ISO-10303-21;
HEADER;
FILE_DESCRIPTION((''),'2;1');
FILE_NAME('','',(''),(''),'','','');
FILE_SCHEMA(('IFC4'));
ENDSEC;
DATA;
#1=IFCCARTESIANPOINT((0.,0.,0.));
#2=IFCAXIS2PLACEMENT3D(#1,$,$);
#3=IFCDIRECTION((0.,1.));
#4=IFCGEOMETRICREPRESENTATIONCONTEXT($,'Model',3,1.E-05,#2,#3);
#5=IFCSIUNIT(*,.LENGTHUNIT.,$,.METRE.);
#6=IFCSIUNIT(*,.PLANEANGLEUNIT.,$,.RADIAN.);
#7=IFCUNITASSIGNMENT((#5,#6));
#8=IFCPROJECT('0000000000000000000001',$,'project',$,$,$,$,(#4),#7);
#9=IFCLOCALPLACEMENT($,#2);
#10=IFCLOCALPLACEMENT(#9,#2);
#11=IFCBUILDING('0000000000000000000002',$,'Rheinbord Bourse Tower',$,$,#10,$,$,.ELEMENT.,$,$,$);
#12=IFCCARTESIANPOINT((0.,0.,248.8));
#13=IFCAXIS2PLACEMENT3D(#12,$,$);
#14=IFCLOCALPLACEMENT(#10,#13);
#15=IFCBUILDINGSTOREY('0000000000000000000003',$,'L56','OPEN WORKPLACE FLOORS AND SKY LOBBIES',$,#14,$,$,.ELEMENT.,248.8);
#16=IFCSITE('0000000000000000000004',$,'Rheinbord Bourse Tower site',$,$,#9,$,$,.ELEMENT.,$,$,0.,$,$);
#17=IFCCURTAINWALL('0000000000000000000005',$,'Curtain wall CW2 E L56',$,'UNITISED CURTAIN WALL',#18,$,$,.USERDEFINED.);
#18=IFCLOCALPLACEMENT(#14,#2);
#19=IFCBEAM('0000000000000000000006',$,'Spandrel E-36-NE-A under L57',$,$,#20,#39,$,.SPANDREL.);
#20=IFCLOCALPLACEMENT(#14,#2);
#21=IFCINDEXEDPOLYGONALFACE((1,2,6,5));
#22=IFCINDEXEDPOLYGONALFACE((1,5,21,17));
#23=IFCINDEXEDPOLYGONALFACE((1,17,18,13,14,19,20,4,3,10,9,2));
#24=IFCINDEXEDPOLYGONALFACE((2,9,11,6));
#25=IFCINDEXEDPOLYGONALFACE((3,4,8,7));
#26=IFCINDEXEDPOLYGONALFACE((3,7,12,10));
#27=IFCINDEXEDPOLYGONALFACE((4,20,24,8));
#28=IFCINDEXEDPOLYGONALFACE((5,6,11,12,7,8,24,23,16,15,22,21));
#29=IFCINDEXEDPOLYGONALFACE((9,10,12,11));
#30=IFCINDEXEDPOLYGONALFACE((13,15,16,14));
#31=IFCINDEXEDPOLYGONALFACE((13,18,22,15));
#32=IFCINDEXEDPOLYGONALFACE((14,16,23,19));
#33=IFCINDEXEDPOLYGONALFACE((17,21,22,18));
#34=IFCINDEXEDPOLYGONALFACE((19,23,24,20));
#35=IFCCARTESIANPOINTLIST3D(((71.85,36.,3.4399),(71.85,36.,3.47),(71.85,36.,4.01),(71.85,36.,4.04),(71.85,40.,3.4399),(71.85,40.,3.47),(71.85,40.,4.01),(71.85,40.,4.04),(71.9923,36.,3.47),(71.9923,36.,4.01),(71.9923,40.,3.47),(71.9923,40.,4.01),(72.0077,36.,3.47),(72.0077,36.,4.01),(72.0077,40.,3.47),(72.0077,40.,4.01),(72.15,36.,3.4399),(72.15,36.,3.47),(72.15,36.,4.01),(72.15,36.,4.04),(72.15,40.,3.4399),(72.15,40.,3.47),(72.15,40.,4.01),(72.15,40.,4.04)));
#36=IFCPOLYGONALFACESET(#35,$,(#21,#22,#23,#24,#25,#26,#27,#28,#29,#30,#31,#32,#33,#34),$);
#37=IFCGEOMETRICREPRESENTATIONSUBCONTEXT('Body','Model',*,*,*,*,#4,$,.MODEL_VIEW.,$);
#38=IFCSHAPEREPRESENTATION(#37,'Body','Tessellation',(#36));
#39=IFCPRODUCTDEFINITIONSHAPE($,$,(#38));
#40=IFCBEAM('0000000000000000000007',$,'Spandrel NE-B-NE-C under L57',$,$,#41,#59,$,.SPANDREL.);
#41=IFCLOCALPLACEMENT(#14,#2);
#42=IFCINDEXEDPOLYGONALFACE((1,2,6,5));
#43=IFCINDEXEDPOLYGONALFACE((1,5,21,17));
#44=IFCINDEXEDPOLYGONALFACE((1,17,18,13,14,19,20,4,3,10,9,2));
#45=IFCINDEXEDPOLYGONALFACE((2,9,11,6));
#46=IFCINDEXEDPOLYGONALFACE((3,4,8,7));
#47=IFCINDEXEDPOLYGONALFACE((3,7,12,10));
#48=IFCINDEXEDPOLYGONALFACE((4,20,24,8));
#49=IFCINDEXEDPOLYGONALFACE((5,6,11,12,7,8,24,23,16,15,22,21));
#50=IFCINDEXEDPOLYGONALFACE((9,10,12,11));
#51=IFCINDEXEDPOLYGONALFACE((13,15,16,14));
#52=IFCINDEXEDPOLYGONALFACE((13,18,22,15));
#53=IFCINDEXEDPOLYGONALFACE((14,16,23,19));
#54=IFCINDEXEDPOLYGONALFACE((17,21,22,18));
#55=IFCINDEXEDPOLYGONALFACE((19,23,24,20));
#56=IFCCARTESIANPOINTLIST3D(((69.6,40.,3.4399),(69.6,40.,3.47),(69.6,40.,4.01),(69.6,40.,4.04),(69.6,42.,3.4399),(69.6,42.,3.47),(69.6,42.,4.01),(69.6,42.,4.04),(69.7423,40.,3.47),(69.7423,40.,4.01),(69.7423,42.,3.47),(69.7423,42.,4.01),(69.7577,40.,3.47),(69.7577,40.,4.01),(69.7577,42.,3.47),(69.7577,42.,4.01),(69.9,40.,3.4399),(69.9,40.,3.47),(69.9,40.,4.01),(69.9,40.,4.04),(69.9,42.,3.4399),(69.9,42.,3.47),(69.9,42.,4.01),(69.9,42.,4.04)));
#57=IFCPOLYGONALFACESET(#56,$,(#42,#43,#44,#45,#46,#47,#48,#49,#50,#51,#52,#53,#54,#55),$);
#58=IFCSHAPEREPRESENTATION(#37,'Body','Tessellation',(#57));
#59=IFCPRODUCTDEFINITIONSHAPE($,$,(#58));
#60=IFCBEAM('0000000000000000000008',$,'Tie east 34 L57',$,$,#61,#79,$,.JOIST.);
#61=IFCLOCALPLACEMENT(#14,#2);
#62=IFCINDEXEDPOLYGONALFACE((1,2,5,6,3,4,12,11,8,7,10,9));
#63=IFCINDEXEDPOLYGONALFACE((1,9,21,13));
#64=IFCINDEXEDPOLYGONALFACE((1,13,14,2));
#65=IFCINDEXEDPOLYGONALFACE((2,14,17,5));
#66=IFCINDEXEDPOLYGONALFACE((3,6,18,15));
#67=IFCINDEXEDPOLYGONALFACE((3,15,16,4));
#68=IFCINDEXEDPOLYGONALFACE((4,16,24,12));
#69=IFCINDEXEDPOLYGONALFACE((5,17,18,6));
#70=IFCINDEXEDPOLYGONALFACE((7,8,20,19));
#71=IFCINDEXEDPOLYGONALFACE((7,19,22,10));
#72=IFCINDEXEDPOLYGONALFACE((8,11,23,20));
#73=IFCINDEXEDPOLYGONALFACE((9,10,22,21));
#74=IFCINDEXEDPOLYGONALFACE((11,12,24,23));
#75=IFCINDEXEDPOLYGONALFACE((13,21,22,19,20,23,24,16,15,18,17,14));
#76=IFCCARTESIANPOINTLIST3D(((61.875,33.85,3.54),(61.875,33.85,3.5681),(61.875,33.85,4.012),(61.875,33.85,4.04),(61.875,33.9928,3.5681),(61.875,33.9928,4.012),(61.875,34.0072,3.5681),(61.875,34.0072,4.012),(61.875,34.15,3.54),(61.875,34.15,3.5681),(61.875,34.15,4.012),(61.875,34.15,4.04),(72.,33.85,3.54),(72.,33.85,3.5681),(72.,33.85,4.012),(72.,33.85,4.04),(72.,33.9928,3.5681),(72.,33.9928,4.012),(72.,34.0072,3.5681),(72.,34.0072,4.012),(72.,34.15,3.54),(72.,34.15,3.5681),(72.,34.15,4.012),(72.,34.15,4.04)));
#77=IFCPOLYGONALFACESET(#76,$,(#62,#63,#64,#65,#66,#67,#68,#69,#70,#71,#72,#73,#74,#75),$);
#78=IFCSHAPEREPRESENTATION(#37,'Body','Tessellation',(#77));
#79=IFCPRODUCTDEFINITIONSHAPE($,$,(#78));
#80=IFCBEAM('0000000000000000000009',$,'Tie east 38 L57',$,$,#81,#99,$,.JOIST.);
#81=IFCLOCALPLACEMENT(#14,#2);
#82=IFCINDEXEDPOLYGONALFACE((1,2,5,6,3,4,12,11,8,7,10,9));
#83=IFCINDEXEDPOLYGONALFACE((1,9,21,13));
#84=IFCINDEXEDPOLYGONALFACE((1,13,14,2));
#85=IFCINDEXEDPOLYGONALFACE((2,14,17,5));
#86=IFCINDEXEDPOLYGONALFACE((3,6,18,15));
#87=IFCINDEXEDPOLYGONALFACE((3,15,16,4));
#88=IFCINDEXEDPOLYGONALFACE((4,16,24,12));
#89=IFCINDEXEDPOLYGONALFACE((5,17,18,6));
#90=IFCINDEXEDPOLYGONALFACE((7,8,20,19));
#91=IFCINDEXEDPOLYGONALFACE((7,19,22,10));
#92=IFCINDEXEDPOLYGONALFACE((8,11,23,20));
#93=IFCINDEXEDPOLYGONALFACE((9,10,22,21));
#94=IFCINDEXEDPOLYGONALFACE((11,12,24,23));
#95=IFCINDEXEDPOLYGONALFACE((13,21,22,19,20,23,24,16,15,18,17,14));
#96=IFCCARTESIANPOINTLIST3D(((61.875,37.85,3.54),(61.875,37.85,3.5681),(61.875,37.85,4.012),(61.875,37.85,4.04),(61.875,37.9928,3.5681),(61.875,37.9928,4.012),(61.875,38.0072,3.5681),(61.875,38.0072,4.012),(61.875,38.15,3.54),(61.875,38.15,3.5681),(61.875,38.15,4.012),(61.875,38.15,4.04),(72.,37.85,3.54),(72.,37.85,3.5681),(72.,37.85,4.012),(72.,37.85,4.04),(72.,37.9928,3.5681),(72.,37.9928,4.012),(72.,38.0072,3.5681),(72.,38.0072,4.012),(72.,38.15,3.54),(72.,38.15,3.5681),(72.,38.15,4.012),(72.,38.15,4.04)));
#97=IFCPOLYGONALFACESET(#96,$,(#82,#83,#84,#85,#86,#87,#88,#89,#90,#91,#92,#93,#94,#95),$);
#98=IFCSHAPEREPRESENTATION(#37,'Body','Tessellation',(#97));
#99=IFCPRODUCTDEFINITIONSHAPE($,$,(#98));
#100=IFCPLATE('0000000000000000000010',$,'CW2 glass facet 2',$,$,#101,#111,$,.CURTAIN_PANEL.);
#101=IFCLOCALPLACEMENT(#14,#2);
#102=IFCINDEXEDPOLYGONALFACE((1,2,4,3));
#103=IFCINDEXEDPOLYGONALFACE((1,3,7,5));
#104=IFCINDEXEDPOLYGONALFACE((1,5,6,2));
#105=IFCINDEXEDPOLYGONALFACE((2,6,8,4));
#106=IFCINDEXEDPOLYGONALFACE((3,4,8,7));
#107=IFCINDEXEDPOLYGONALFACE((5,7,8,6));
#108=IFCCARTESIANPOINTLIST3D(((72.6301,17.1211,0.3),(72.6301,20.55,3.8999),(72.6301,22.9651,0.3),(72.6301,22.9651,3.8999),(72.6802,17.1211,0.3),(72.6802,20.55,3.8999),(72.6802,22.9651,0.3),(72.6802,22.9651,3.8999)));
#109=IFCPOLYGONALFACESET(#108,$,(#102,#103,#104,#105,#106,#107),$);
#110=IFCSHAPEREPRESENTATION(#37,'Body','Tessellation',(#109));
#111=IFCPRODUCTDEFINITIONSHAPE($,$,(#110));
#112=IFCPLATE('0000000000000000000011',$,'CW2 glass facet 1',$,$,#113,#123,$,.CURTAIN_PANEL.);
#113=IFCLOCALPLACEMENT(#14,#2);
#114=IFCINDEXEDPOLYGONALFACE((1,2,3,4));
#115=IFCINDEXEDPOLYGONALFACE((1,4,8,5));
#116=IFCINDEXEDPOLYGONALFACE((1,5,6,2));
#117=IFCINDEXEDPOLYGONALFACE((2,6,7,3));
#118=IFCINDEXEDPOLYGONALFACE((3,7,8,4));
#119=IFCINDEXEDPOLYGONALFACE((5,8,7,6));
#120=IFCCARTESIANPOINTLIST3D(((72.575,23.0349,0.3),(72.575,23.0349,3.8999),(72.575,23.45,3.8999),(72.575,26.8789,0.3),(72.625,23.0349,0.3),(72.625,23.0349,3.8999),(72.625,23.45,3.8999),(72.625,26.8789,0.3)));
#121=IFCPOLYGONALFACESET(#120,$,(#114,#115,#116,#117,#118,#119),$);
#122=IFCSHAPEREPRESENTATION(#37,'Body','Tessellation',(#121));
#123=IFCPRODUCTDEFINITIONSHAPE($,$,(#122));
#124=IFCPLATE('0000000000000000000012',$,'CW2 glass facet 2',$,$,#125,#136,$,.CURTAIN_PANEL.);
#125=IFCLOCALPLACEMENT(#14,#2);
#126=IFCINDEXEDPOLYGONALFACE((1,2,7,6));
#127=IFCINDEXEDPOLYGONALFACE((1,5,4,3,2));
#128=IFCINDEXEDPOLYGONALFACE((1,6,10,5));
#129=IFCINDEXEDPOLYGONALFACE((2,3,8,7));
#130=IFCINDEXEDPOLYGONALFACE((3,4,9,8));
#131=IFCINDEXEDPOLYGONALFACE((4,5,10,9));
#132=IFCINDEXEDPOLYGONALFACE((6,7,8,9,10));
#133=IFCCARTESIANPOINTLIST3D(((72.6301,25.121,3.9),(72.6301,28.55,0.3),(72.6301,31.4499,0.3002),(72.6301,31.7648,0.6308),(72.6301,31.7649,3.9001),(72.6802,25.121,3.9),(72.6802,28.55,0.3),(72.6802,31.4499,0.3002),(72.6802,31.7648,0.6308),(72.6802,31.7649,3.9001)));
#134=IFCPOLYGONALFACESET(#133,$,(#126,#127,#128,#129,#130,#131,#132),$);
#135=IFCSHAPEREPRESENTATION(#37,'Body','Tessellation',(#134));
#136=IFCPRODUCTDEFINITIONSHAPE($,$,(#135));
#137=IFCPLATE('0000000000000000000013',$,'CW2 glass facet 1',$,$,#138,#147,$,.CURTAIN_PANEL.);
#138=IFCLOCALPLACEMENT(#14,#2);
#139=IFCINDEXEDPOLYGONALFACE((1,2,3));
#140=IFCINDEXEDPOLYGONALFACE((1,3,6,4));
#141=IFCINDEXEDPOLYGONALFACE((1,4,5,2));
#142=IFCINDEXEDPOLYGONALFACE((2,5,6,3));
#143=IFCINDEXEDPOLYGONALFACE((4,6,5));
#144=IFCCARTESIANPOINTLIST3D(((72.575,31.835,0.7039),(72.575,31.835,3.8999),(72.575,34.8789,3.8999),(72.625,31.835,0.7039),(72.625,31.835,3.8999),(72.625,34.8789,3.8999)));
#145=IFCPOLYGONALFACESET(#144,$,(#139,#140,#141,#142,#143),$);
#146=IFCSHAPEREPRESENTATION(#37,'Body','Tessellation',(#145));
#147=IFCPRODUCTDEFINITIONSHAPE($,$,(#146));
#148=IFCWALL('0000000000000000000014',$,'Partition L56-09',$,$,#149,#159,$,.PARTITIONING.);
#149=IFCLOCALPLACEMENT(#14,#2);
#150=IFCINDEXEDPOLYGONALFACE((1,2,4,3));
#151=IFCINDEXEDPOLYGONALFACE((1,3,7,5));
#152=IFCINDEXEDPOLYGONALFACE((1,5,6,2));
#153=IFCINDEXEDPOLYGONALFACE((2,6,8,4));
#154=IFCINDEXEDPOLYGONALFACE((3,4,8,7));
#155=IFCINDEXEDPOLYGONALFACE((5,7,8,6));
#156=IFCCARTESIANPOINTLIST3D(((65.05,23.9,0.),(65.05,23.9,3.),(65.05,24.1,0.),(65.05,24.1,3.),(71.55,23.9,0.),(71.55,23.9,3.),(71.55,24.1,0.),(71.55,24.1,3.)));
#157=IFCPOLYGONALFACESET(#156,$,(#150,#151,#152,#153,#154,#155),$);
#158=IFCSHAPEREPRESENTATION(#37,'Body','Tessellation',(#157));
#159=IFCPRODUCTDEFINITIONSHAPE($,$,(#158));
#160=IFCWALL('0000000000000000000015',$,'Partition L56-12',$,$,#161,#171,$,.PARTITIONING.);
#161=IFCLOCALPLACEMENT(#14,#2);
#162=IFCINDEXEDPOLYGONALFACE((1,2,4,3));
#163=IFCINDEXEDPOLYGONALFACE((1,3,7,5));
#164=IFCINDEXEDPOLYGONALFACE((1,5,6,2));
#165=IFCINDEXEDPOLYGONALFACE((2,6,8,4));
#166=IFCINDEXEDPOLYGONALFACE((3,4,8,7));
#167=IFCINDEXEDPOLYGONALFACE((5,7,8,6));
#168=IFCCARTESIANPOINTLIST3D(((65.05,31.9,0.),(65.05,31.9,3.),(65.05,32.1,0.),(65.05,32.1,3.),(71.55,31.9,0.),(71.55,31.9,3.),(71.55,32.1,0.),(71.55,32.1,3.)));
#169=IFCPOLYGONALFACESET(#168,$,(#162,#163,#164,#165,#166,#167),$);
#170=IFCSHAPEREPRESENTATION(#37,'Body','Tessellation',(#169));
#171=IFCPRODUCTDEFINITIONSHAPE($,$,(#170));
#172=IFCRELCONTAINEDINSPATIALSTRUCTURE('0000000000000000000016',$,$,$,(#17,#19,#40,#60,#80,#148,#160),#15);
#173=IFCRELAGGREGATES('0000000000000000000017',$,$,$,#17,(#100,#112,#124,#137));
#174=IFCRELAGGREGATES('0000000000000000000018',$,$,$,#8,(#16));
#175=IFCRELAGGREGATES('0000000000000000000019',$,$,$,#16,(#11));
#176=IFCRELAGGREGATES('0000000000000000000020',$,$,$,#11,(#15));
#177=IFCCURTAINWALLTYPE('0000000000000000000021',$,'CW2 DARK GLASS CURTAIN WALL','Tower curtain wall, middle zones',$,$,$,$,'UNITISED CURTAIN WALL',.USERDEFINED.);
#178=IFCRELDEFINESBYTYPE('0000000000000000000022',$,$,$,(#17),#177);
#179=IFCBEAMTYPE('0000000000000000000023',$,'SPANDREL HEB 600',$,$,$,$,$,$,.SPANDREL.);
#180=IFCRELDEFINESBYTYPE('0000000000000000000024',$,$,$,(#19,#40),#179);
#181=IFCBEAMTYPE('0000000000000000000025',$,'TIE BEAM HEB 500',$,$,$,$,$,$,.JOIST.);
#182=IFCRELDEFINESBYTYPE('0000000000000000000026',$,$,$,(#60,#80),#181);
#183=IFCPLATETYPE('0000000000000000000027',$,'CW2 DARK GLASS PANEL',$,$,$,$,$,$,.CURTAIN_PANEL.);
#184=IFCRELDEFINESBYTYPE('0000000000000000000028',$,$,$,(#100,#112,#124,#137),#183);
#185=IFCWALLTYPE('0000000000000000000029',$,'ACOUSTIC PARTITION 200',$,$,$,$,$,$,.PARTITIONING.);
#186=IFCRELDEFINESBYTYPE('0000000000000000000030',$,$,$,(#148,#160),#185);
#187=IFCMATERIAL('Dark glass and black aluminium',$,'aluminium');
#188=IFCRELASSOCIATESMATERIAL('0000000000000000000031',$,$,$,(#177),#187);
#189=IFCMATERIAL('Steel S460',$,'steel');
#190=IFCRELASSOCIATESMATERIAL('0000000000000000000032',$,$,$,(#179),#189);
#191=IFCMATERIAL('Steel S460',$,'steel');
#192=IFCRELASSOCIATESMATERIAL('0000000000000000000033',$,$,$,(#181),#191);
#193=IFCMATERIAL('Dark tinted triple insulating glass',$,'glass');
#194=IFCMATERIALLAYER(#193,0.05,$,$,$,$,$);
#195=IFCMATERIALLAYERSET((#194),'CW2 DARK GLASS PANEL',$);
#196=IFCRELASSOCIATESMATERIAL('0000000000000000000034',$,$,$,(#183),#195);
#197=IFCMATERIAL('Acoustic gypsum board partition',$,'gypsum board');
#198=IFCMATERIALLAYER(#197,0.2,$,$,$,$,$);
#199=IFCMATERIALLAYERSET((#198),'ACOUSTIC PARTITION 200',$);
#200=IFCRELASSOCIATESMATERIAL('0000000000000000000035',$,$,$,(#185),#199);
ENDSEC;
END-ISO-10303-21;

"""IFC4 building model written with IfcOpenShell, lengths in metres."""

from ifc_helpers import new_model, si_unit, direction, frame, frame_2d, origin, origin_2d, place, context, subcontext, project, spatial, polyline, rectangle, i_section, outline, extrude, material, layer, layer_set, material_profile, profile_set, type_object, element, aggregate, save


model = new_model("IFC4")

# Units and contexts
model_context = context("Model", 3, precision=1e-05, world=origin(), true_north=direction((0.0, 1.0)))
body_context = subcontext(model_context, "Body", "Model", "MODEL_VIEW")
ifc_project = project(units=[si_unit("LENGTHUNIT", "METRE"), si_unit("PLANEANGLEUNIT", "RADIAN")], contexts=[model_context])

# Site, building, storey
site_placement = place(None, origin())
site = spatial("IfcSite", under=ifc_project, at=site_placement, Name="Rheinbord Bourse Tower site", CompositionType="ELEMENT", RefElevation=0.0)
building_placement = place(site_placement, origin())
building = spatial("IfcBuilding", under=site, at=building_placement, Name="Rheinbord Bourse Tower", CompositionType="ELEMENT")
storey_placement = place(building_placement, frame((0.0, 0.0, 248.8)))
storey = spatial("IfcBuildingStorey", under=building, at=storey_placement, Name="L56", Description="OPEN WORKPLACE FLOORS AND SKY LOBBIES", CompositionType="ELEMENT", Elevation=248.8)

# Curtain wall
ifc_material_1 = material(Name="Dark glass and black aluminium", Category="aluminium")
curtain_wall_type = type_object("IfcCurtainWallType", Name="CW2 DARK GLASS CURTAIN WALL", Description="Tower curtain wall, middle zones", ElementType="UNITISED CURTAIN WALL", PredefinedType="USERDEFINED", material=ifc_material_1)
curtain_wall_placement = place(storey_placement, origin())
curtain_wall = element("IfcCurtainWall", 1, at=curtain_wall_placement, inside=storey, type_object=curtain_wall_type, Name="Curtain wall CW2 E L56", ObjectType="UNITISED CURTAIN WALL", PredefinedType="USERDEFINED")

# Beams
ifc_material_2 = material(Name="Steel S460", Category="steel")
ifc_material_profile_1 = material_profile(ifc_material_2, i_section(OverallWidth=0.3, OverallDepth=0.6001, WebThickness=0.0154, FlangeThickness=0.03, at=origin_2d()), Name="HEB 600")
ifc_profile_set_1 = profile_set([ifc_material_profile_1], Name="Steel S460")
beam_type_1 = type_object("IfcBeamType", Name="SPANDREL HEB 600", PredefinedType="SPANDREL", material=ifc_profile_set_1)
for number, where, z_axis, x_axis, name in (
    (2, (72.0, 36.0, 3.74), (0.0, 1.0, 0.0), (-1.0, 0.0, 0.0), "Spandrel E-36-NE-A under L57"),
):
    element("IfcBeam", number, at=place(storey_placement, frame(where, z_axis=z_axis, x_axis=x_axis)), inside=storey, type_object=beam_type_1, Name=name, PredefinedType="SPANDREL", context=body_context, shape_type="SweptSolid", body=[
        extrude(i_section(OverallWidth=0.3, OverallDepth=0.6001, WebThickness=0.0154, FlangeThickness=0.03, at=origin_2d()), origin(), (0.0, 0.0, 1.0), 4.0),
    ])
beam_placement = place(storey_placement, frame((69.75, 40.0, 3.74), z_axis=(0.0, 1.0, 0.0), x_axis=(-1.0, 0.0, 0.0)))
element("IfcBeam", 3, at=beam_placement, inside=storey, type_object=beam_type_1, Name="Spandrel NE-B-NE-C under L57", PredefinedType="SPANDREL", context=body_context, shape_type="SweptSolid", body=[
    extrude(i_section(OverallWidth=0.3, OverallDepth=0.6001, WebThickness=0.0154, FlangeThickness=0.03, at=origin_2d()), origin(), (0.0, 0.0, 1.0), 2.0),
])
ifc_material_3 = material(Name="Steel S460", Category="steel")
ifc_material_profile_2 = material_profile(ifc_material_3, i_section(OverallWidth=0.3, OverallDepth=0.5, WebThickness=0.0144, FlangeThickness=0.0281, at=origin_2d()), Name="HEB 500")
ifc_profile_set_2 = profile_set([ifc_material_profile_2], Name="Steel S460")
beam_type_2 = type_object("IfcBeamType", Name="TIE BEAM HEB 500", PredefinedType="JOIST", material=ifc_profile_set_2)
for number, where, z_axis, x_axis, name in (
    (4, (61.875, 34.0, 3.79), (1.0, 0.0, 0.0), (0.0, 1.0, 0.0), "Tie east 34 L57"),
    (5, (61.875, 38.0, 3.79), (1.0, 0.0, 0.0), (0.0, 1.0, 0.0), "Tie east 38 L57"),
):
    element("IfcBeam", number, at=place(storey_placement, frame(where, z_axis=z_axis, x_axis=x_axis)), inside=storey, type_object=beam_type_2, Name=name, PredefinedType="JOIST", context=body_context, shape_type="SweptSolid", body=[
        extrude(i_section(OverallWidth=0.3, OverallDepth=0.5, WebThickness=0.0144, FlangeThickness=0.0281, at=origin_2d()), origin(), (0.0, 0.0, 1.0), 10.125),
    ])

# Plates
ifc_material_4 = material(Name="Dark tinted triple insulating glass", Category="glass")
ifc_layer_1 = layer(ifc_material_4, 0.05)
ifc_layer_set_1 = layer_set([ifc_layer_1], Name="CW2 DARK GLASS PANEL")
plate_type = type_object("IfcPlateType", Name="CW2 DARK GLASS PANEL", PredefinedType="CURTAIN_PANEL", material=ifc_layer_set_1)
plate_1_placement = place(storey_placement, frame((72.6802, 22.9651, 3.8999), z_axis=(-1.0, 0.0, 0.0), x_axis=(0.0, 0.0, -1.0)))
plate_1 = element("IfcPlate", 6, at=plate_1_placement, type_object=plate_type, Name="CW2 glass facet 2", PredefinedType="CURTAIN_PANEL", context=body_context, shape_type="SweptSolid", body=[
    extrude(outline(polyline([(0.0, 0.0), (3.5999, 0.0), (3.5999, 5.844), (0.0, 2.415), (0.0, 0.0)])), origin(), (0.0, 0.0, 1.0), 0.05),
])
plate_2_placement = place(storey_placement, frame((72.625, 23.0349, 0.3), z_axis=(-1.0, 0.0, 0.0), x_axis=(0.0, 0.0, 1.0)))
plate_2 = element("IfcPlate", 7, at=plate_2_placement, type_object=plate_type, Name="CW2 glass facet 1", PredefinedType="CURTAIN_PANEL", context=body_context, shape_type="SweptSolid", body=[
    extrude(outline(polyline([(0.0, 0.0), (3.5999, 0.0), (3.5999, 0.415), (0.0, 3.844), (0.0, 0.0)])), origin(), (0.0, 0.0, 1.0), 0.05),
])
plate_3_placement = place(storey_placement, frame((72.6802, 28.55, 0.3), z_axis=(-1.0, 0.0, 0.0), x_axis=(0.0, -0.68971, 0.724085)))
plate_3 = element("IfcPlate", 8, at=plate_3_placement, type_object=plate_type, Name="CW2 glass facet 2", PredefinedType="CURTAIN_PANEL", context=body_context, shape_type="SweptSolid", body=[
    extrude(outline(polyline([(0.0, 0.0), (4.9717, 0.0), (0.3894, 4.8108), (-1.9778, 2.5559), (-2.0, 2.0999), (0.0, 0.0)])), origin(), (0.0, 0.0, 1.0), 0.05),
])
plate_4_placement = place(storey_placement, frame((72.625, 31.835, 3.8999), z_axis=(-1.0, 0.0, 0.0), x_axis=(0.0, 1.0, 0.0)))
plate_4 = element("IfcPlate", 9, at=plate_4_placement, type_object=plate_type, Name="CW2 glass facet 1", PredefinedType="CURTAIN_PANEL", context=body_context, shape_type="SweptSolid", body=[
    extrude(outline(polyline([(0.0, 0.0), (3.0439, 0.0), (0.0, 3.196), (0.0, 0.0)])), origin(), (0.0, 0.0, 1.0), 0.05),
])
aggregate(curtain_wall, [plate_1, plate_2, plate_3, plate_4])

# Walls
ifc_material_5 = material(Name="Acoustic gypsum board partition", Category="gypsum board")
ifc_layer_2 = layer(ifc_material_5, 0.2)
ifc_layer_set_2 = layer_set([ifc_layer_2], Name="ACOUSTIC PARTITION 200")
wall_type_1 = type_object("IfcWallType", Name="ACOUSTIC PARTITION 200", PredefinedType="PARTITIONING", material=ifc_layer_set_2)
for number, where, z_axis, x_axis, name in (
    (10, (65.05, 24.0, 0.0), (0.0, 0.0, 1.0), (1.0, 0.0, 0.0), "Partition L56-09"),
    (11, (65.05, 32.0, 0.0), (0.0, 0.0, 1.0), (1.0, 0.0, 0.0), "Partition L56-12"),
):
    element("IfcWall", number, at=place(storey_placement, frame(where, z_axis=z_axis, x_axis=x_axis)), inside=storey, type_object=wall_type_1, Name=name, PredefinedType="PARTITIONING", context=body_context, shape_type="SweptSolid", body=[
        extrude(rectangle(XDim=6.5, YDim=0.2, at=frame_2d((3.25, 0.0))), origin(), (0.0, 0.0, 1.0), 3.0),
    ])

save(model, "model.ifc")
